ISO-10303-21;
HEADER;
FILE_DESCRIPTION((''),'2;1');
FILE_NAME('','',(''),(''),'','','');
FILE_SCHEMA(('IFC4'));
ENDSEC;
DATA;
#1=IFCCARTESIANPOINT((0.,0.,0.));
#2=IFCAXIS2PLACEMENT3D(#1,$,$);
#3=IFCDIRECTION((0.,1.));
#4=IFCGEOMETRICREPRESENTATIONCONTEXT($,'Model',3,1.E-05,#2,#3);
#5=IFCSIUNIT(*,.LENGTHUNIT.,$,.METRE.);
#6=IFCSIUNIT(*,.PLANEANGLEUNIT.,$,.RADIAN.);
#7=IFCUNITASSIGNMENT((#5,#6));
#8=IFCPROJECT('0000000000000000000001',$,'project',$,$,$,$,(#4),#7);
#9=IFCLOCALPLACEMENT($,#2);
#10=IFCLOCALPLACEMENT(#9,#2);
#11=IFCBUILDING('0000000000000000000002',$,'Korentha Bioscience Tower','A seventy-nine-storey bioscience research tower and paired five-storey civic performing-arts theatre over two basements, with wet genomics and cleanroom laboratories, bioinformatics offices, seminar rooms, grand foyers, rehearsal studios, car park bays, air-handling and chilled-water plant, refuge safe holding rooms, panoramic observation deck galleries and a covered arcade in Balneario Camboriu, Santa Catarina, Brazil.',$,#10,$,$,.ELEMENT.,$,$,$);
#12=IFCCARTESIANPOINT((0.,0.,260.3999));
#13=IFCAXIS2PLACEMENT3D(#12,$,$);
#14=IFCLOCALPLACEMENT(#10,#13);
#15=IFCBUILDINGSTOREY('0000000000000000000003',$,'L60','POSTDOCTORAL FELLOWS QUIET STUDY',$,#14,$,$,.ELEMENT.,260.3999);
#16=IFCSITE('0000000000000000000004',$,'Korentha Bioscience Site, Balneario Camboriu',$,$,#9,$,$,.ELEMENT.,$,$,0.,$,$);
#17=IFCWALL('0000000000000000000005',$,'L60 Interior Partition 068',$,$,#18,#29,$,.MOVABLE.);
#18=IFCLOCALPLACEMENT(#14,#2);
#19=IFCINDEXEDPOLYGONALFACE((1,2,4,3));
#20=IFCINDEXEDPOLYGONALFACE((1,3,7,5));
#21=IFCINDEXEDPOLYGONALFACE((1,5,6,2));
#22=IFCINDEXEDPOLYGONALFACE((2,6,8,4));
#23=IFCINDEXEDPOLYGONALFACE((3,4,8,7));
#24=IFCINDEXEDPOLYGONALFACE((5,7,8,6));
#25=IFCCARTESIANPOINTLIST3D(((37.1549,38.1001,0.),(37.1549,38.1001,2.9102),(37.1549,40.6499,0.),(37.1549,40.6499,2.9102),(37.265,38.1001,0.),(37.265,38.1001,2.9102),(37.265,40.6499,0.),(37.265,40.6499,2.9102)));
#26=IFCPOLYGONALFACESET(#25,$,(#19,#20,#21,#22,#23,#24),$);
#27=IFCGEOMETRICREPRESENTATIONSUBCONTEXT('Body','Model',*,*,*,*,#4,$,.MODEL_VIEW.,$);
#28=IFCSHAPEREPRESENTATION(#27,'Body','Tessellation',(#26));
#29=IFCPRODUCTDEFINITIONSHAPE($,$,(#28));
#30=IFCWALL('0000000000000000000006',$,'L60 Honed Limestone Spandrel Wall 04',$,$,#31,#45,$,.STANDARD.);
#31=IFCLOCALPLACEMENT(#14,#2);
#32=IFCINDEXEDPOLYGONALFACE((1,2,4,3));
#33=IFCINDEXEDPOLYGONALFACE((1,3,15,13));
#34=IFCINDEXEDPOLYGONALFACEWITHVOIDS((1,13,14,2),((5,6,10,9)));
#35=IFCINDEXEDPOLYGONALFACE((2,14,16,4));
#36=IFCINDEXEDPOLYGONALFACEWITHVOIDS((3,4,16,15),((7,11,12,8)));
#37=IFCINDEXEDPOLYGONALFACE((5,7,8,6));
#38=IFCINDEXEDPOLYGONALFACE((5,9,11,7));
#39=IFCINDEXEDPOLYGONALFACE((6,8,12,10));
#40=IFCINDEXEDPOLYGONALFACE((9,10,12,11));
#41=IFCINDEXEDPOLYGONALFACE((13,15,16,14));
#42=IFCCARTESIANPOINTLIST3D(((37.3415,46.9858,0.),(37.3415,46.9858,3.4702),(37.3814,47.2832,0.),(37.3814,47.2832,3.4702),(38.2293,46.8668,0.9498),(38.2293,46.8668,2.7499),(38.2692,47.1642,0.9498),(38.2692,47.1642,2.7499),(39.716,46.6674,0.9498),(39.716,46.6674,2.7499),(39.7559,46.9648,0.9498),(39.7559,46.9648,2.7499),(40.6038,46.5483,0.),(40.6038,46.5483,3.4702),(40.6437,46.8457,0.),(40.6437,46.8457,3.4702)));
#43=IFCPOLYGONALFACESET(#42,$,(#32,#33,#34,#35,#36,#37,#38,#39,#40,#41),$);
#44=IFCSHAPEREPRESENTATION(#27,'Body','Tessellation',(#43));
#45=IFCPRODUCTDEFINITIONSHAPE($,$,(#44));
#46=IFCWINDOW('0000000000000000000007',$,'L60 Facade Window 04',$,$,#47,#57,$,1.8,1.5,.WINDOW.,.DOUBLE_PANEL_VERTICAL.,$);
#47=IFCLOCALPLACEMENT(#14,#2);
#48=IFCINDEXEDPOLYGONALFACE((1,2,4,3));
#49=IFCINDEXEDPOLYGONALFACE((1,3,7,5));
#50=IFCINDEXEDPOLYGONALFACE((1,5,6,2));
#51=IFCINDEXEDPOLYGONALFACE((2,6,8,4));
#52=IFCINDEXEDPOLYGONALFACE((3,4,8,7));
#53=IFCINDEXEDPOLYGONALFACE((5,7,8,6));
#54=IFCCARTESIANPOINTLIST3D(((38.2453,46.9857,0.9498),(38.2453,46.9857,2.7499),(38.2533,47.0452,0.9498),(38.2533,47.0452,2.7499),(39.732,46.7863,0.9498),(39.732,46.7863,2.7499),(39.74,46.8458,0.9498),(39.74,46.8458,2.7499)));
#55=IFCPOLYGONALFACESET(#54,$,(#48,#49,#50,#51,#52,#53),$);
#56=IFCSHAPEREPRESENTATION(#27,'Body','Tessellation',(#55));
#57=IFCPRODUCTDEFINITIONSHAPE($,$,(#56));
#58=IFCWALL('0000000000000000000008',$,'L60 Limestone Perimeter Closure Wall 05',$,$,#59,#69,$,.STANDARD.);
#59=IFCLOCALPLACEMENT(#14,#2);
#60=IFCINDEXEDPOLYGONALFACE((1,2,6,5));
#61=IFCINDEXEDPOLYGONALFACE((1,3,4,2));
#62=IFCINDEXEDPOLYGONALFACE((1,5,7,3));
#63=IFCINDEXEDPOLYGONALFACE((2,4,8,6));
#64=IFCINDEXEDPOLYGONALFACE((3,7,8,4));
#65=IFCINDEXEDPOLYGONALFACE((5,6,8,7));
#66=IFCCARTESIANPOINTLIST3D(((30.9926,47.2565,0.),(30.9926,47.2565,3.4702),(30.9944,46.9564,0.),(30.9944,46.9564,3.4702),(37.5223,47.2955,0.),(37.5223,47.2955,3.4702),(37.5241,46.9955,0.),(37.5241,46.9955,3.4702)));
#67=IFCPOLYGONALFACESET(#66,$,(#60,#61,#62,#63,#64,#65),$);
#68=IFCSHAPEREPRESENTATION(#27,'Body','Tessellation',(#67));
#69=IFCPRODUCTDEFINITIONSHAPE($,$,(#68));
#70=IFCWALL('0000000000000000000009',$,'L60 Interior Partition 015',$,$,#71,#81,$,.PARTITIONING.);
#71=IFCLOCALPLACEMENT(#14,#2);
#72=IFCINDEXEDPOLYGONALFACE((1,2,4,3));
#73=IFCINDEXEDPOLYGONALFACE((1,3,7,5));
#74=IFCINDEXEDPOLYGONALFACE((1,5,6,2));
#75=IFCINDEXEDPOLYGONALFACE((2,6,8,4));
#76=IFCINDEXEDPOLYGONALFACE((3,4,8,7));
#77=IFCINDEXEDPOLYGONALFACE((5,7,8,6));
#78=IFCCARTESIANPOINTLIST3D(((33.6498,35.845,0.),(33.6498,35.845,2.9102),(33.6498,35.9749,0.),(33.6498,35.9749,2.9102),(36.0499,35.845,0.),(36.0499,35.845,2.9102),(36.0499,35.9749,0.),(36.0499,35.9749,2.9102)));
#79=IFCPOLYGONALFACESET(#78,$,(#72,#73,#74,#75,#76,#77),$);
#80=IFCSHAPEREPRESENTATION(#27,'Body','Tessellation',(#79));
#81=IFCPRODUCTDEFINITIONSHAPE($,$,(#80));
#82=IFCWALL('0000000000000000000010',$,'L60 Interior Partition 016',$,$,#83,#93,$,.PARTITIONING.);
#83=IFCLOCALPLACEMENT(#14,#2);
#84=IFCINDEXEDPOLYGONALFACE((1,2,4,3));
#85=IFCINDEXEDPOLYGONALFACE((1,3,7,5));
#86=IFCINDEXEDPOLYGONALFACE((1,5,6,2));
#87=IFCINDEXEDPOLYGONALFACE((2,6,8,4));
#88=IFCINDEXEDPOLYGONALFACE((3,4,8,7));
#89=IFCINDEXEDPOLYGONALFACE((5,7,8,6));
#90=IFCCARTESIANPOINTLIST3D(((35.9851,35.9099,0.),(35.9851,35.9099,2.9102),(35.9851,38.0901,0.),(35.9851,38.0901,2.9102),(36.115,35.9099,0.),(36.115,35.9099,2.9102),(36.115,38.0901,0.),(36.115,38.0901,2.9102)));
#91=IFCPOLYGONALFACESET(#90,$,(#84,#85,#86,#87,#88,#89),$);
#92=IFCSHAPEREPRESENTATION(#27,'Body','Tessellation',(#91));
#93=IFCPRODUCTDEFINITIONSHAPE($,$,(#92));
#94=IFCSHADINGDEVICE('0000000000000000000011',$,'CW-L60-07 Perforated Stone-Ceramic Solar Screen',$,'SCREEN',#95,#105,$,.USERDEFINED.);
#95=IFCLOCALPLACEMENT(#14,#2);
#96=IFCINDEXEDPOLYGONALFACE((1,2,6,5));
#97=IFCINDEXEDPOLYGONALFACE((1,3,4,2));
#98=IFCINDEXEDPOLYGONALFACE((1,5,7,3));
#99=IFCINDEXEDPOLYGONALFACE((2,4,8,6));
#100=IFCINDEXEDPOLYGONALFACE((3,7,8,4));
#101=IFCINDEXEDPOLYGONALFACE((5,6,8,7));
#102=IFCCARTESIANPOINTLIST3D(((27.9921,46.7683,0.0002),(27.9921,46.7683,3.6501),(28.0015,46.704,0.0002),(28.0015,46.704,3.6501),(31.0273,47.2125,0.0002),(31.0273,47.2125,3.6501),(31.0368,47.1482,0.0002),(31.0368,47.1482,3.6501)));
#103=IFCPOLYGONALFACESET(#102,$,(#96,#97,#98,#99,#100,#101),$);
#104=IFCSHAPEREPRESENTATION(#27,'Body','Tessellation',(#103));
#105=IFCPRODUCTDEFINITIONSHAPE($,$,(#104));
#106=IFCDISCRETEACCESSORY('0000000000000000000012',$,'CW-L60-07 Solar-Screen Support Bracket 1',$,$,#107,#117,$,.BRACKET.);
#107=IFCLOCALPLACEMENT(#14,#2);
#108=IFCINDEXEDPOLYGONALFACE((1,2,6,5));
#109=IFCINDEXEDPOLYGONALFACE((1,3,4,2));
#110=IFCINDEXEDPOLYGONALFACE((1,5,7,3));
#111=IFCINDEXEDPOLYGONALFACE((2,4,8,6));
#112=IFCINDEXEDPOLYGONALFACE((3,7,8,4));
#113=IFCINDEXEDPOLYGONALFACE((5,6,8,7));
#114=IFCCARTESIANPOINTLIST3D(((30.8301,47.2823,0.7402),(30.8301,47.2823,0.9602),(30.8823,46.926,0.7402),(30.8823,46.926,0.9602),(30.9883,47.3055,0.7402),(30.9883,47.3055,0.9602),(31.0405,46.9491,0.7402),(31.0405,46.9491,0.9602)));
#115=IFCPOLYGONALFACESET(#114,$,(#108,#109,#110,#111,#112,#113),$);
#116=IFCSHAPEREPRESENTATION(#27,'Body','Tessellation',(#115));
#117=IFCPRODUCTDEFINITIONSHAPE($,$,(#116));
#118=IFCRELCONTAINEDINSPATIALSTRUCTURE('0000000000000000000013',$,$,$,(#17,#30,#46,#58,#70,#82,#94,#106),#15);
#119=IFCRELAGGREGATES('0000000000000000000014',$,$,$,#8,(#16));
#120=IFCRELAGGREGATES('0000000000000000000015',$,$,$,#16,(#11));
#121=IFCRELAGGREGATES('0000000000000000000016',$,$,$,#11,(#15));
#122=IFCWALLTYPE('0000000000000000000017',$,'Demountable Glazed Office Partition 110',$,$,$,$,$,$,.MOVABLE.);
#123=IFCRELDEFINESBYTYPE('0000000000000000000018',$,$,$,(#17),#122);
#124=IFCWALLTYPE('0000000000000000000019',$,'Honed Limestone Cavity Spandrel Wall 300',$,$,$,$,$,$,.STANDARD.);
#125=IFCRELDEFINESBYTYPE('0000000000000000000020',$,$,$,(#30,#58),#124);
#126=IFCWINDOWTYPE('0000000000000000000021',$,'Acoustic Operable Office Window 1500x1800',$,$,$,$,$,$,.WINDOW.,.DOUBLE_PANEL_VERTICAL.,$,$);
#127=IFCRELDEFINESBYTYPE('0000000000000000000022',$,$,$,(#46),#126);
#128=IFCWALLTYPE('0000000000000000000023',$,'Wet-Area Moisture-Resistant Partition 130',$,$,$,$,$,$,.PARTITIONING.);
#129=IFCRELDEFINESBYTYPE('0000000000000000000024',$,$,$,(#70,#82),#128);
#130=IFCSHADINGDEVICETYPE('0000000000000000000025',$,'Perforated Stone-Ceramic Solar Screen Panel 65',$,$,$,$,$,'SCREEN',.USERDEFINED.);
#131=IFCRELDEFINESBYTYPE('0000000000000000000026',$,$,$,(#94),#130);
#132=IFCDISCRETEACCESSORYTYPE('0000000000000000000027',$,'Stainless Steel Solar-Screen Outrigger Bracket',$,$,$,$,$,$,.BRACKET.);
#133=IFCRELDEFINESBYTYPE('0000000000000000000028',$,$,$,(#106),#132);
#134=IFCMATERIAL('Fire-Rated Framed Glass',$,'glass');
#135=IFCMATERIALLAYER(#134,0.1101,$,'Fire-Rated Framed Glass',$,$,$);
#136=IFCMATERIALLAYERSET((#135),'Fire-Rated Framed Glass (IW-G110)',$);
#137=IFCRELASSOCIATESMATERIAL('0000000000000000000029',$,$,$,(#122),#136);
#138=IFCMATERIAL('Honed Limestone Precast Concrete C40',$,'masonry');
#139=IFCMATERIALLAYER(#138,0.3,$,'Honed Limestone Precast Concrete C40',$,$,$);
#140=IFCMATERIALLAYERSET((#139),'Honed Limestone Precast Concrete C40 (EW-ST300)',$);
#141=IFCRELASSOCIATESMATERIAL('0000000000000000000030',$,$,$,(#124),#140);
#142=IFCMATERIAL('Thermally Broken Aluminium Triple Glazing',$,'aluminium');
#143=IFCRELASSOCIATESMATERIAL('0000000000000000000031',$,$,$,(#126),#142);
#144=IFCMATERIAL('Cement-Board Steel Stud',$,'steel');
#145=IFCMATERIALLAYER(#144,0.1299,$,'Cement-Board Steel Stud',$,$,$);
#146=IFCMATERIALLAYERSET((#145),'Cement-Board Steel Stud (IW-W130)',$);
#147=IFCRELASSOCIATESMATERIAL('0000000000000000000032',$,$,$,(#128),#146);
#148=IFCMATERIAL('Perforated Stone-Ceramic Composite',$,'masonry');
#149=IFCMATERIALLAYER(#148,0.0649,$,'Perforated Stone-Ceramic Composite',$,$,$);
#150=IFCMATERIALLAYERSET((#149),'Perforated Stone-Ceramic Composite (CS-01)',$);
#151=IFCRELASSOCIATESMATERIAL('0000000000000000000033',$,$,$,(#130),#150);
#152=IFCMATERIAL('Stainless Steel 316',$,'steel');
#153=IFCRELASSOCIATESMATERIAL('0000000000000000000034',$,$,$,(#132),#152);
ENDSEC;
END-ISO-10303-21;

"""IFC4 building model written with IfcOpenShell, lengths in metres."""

from ifc_helpers import new_model, si_unit, direction, frame, frame_2d, origin, origin_2d, place, context, subcontext, project, spatial, rectangle, extrude, material, layer, layer_set, type_object, element, fill, save


model = new_model("IFC4")

# Units and contexts
model_context = context("Model", 3, precision=1e-05, world=origin(), true_north=direction((0.0, 1.0)))
body_context = subcontext(model_context, "Body", "Model", "MODEL_VIEW")
ifc_project = project(units=[si_unit("LENGTHUNIT", "METRE"), si_unit("PLANEANGLEUNIT", "RADIAN")], contexts=[model_context])

# Site, building, storey
site_placement = place(None, origin())
site = spatial("IfcSite", under=ifc_project, at=site_placement, Name="Korentha Bioscience Site, Balneario Camboriu", CompositionType="ELEMENT", RefElevation=0.0)
building_placement = place(site_placement, origin())
building = spatial("IfcBuilding", under=site, at=building_placement, Name="Korentha Bioscience Tower", Description="A seventy-nine-storey bioscience research tower and paired five-storey civic performing-arts theatre over two basements, with wet genomics and cleanroom laboratories, bioinformatics offices, seminar rooms, grand foyers, rehearsal studios, car park bays, air-handling and chilled-water plant, refuge safe holding rooms, panoramic observation deck galleries and a covered arcade in Balneario Camboriu, Santa Catarina, Brazil.", CompositionType="ELEMENT")
storey_placement = place(building_placement, frame((0.0, 0.0, 260.3999)))
storey = spatial("IfcBuildingStorey", under=building, at=storey_placement, Name="L60", Description="POSTDOCTORAL FELLOWS QUIET STUDY", CompositionType="ELEMENT", Elevation=260.3999)

# Shared definitions
ifc_material_1 = material(Name="Fire-Rated Framed Glass", Category="glass")
ifc_layer_1 = layer(ifc_material_1, 0.1101, Name="Fire-Rated Framed Glass")
ifc_layer_set_1 = layer_set([ifc_layer_1], Name="Fire-Rated Framed Glass (IW-G110)")
wall_type_1 = type_object("IfcWallType", Name="Demountable Glazed Office Partition 110", PredefinedType="MOVABLE", material=ifc_layer_set_1)

# Wall
wall_1_placement = place(storey_placement, frame((37.21, 38.1001, 0.0), z_axis=(0.0, 0.0, 1.0), x_axis=(0.0, 1.0, 0.0)))
element("IfcWall", 1, at=wall_1_placement, inside=storey, type_object=wall_type_1, Name="L60 Interior Partition 068", PredefinedType="MOVABLE", context=body_context, shape_type="SweptSolid", body=[
    extrude(rectangle(XDim=2.5498, YDim=0.1101, at=frame_2d((1.2749, 0.0))), origin(), (0.0, 0.0, 1.0), 2.9102),
])

# Wall, opening, window
ifc_material_2 = material(Name="Honed Limestone Precast Concrete C40", Category="masonry")
ifc_layer_2 = layer(ifc_material_2, 0.3, Name="Honed Limestone Precast Concrete C40")
ifc_layer_set_2 = layer_set([ifc_layer_2], Name="Honed Limestone Precast Concrete C40 (EW-ST300)")
wall_type_2 = type_object("IfcWallType", Name="Honed Limestone Cavity Spandrel Wall 300", PredefinedType="STANDARD", material=ifc_layer_set_2)
wall_2_placement = place(storey_placement, frame((40.6238, 46.697, 0.0), z_axis=(0.0, 0.0, 1.0), x_axis=(-0.991127, 0.132922, 0.0)))
wall_2 = element("IfcWall", 2, at=wall_2_placement, inside=storey, type_object=wall_type_2, Name="L60 Honed Limestone Spandrel Wall 04", PredefinedType="STANDARD", context=body_context, shape_type="SweptSolid", body=[
    extrude(rectangle(XDim=3.2915, YDim=0.3, at=frame_2d((1.6458, 0.0))), origin(), (0.0, 0.0, 1.0), 3.4702),
])
opening_1_placement = place(wall_2_placement, frame((0.8958, 0.0, 0.95)))
opening_1 = element("IfcOpeningElement", 3, at=opening_1_placement, cuts=wall_2, PredefinedType="OPENING", context=body_context, shape_type="SweptSolid", body=[
    extrude(rectangle(XDim=1.5, YDim=1.8, at=frame_2d((0.75, 0.8999))), frame((0.0, 0.165, 0.0), z_axis=(0.0, -1.0, 0.0), x_axis=(1.0, 0.0, 0.0)), (0.0, 0.0, 1.0), 0.3298),
])
ifc_material_3 = material(Name="Thermally Broken Aluminium Triple Glazing", Category="aluminium")
window_type = type_object("IfcWindowType", Name="Acoustic Operable Office Window 1500x1800", PartitioningType="DOUBLE_PANEL_VERTICAL", PredefinedType="WINDOW", material=ifc_material_3)
window_placement = place(opening_1_placement, origin())
window = element("IfcWindow", 4, at=window_placement, inside=storey, type_object=window_type, Name="L60 Facade Window 04", OverallHeight=1.8, OverallWidth=1.5, PartitioningType="DOUBLE_PANEL_VERTICAL", PredefinedType="WINDOW", context=body_context, shape_type="SweptSolid", body=[
    extrude(rectangle(XDim=1.5, YDim=1.8, at=frame_2d((0.75, 0.8999))), frame((0.0, 0.03, 0.0), z_axis=(0.0, -1.0, 0.0), x_axis=(1.0, 0.0, 0.0)), (0.0, 0.0, 1.0), 0.0601),
])
fill(opening_1, window)

# Wall
wall_3_placement = place(storey_placement, frame((37.5232, 47.1455, 0.0), z_axis=(0.0, 0.0, 1.0), x_axis=(-0.999982, -0.005982, 0.0)))
element("IfcWall", 5, at=wall_3_placement, inside=storey, type_object=wall_type_2, Name="L60 Limestone Perimeter Closure Wall 05", PredefinedType="STANDARD", context=body_context, shape_type="SweptSolid", body=[
    extrude(rectangle(XDim=6.5298, YDim=0.3, at=frame_2d((3.2649, 0.0))), origin(), (0.0, 0.0, 1.0), 3.4702),
])

# Shared definitions
ifc_material_4 = material(Name="Cement-Board Steel Stud", Category="steel")
ifc_layer_3 = layer(ifc_material_4, 0.1299, Name="Cement-Board Steel Stud")
ifc_layer_set_3 = layer_set([ifc_layer_3], Name="Cement-Board Steel Stud (IW-W130)")
wall_type_3 = type_object("IfcWallType", Name="Wet-Area Moisture-Resistant Partition 130", PredefinedType="PARTITIONING", material=ifc_layer_set_3)

# Walls
wall_4_placement = place(storey_placement, frame((36.05, 35.9099, 0.0), z_axis=(0.0, 0.0, 1.0), x_axis=(-1.0, 0.0, 0.0)))
element("IfcWall", 6, at=wall_4_placement, inside=storey, type_object=wall_type_3, Name="L60 Interior Partition 015", PredefinedType="PARTITIONING", context=body_context, shape_type="SweptSolid", body=[
    extrude(rectangle(XDim=2.4001, YDim=0.1299, at=frame_2d((1.2002, 0.0))), origin(), (0.0, 0.0, 1.0), 2.9102),
])
wall_5_placement = place(storey_placement, frame((36.05, 38.0901, 0.0), z_axis=(0.0, 0.0, 1.0), x_axis=(0.0, -1.0, 0.0)))
element("IfcWall", 7, at=wall_5_placement, inside=storey, type_object=wall_type_3, Name="L60 Interior Partition 016", PredefinedType="PARTITIONING", context=body_context, shape_type="SweptSolid", body=[
    extrude(rectangle(XDim=2.1802, YDim=0.1299, at=frame_2d((1.0901, 0.0))), origin(), (0.0, 0.0, 1.0), 2.9102),
])

# Shading device
ifc_material_5 = material(Name="Perforated Stone-Ceramic Composite", Category="masonry")
ifc_layer_4 = layer(ifc_material_5, 0.0649, Name="Perforated Stone-Ceramic Composite")
ifc_layer_set_4 = layer_set([ifc_layer_4], Name="Perforated Stone-Ceramic Composite (CS-01)")
shading_device_type = type_object("IfcShadingDeviceType", Name="Perforated Stone-Ceramic Solar Screen Panel 65", ElementType="SCREEN", PredefinedType="USERDEFINED", material=ifc_layer_set_4)
shading_device_placement = place(storey_placement, frame((29.5144, 46.9583, 0.0002), z_axis=(0.0, 0.0, 1.0), x_axis=(-0.98946, -0.144809, 0.0)))
element("IfcShadingDevice", 8, at=shading_device_placement, inside=storey, type_object=shading_device_type, Name="CW-L60-07 Perforated Stone-Ceramic Solar Screen", ObjectType="SCREEN", PredefinedType="USERDEFINED", context=body_context, shape_type="SweptSolid", body=[
    extrude(rectangle(XDim=3.0676, YDim=0.0649, at=origin_2d()), origin(), (0.0, 0.0, 1.0), 3.6499),
])

# Discrete accessory
ifc_material_6 = material(Name="Stainless Steel 316", Category="steel")
discrete_accessory_type = type_object("IfcDiscreteAccessoryType", Name="Stainless Steel Solar-Screen Outrigger Bracket", PredefinedType="BRACKET", material=ifc_material_6)
discrete_accessory_placement = place(storey_placement, frame((30.9353, 47.1157, 0.7402), z_axis=(0.0, 0.0, 1.0), x_axis=(-0.98946, -0.144809, 0.0)))
element("IfcDiscreteAccessory", 9, at=discrete_accessory_placement, inside=storey, type_object=discrete_accessory_type, Name="CW-L60-07 Solar-Screen Support Bracket 1", PredefinedType="BRACKET", context=body_context, shape_type="SweptSolid", body=[
    extrude(rectangle(XDim=0.1599, YDim=0.3601, at=origin_2d()), origin(), (0.0, 0.0, 1.0), 0.22),
])

save(model, "model.ifc")
